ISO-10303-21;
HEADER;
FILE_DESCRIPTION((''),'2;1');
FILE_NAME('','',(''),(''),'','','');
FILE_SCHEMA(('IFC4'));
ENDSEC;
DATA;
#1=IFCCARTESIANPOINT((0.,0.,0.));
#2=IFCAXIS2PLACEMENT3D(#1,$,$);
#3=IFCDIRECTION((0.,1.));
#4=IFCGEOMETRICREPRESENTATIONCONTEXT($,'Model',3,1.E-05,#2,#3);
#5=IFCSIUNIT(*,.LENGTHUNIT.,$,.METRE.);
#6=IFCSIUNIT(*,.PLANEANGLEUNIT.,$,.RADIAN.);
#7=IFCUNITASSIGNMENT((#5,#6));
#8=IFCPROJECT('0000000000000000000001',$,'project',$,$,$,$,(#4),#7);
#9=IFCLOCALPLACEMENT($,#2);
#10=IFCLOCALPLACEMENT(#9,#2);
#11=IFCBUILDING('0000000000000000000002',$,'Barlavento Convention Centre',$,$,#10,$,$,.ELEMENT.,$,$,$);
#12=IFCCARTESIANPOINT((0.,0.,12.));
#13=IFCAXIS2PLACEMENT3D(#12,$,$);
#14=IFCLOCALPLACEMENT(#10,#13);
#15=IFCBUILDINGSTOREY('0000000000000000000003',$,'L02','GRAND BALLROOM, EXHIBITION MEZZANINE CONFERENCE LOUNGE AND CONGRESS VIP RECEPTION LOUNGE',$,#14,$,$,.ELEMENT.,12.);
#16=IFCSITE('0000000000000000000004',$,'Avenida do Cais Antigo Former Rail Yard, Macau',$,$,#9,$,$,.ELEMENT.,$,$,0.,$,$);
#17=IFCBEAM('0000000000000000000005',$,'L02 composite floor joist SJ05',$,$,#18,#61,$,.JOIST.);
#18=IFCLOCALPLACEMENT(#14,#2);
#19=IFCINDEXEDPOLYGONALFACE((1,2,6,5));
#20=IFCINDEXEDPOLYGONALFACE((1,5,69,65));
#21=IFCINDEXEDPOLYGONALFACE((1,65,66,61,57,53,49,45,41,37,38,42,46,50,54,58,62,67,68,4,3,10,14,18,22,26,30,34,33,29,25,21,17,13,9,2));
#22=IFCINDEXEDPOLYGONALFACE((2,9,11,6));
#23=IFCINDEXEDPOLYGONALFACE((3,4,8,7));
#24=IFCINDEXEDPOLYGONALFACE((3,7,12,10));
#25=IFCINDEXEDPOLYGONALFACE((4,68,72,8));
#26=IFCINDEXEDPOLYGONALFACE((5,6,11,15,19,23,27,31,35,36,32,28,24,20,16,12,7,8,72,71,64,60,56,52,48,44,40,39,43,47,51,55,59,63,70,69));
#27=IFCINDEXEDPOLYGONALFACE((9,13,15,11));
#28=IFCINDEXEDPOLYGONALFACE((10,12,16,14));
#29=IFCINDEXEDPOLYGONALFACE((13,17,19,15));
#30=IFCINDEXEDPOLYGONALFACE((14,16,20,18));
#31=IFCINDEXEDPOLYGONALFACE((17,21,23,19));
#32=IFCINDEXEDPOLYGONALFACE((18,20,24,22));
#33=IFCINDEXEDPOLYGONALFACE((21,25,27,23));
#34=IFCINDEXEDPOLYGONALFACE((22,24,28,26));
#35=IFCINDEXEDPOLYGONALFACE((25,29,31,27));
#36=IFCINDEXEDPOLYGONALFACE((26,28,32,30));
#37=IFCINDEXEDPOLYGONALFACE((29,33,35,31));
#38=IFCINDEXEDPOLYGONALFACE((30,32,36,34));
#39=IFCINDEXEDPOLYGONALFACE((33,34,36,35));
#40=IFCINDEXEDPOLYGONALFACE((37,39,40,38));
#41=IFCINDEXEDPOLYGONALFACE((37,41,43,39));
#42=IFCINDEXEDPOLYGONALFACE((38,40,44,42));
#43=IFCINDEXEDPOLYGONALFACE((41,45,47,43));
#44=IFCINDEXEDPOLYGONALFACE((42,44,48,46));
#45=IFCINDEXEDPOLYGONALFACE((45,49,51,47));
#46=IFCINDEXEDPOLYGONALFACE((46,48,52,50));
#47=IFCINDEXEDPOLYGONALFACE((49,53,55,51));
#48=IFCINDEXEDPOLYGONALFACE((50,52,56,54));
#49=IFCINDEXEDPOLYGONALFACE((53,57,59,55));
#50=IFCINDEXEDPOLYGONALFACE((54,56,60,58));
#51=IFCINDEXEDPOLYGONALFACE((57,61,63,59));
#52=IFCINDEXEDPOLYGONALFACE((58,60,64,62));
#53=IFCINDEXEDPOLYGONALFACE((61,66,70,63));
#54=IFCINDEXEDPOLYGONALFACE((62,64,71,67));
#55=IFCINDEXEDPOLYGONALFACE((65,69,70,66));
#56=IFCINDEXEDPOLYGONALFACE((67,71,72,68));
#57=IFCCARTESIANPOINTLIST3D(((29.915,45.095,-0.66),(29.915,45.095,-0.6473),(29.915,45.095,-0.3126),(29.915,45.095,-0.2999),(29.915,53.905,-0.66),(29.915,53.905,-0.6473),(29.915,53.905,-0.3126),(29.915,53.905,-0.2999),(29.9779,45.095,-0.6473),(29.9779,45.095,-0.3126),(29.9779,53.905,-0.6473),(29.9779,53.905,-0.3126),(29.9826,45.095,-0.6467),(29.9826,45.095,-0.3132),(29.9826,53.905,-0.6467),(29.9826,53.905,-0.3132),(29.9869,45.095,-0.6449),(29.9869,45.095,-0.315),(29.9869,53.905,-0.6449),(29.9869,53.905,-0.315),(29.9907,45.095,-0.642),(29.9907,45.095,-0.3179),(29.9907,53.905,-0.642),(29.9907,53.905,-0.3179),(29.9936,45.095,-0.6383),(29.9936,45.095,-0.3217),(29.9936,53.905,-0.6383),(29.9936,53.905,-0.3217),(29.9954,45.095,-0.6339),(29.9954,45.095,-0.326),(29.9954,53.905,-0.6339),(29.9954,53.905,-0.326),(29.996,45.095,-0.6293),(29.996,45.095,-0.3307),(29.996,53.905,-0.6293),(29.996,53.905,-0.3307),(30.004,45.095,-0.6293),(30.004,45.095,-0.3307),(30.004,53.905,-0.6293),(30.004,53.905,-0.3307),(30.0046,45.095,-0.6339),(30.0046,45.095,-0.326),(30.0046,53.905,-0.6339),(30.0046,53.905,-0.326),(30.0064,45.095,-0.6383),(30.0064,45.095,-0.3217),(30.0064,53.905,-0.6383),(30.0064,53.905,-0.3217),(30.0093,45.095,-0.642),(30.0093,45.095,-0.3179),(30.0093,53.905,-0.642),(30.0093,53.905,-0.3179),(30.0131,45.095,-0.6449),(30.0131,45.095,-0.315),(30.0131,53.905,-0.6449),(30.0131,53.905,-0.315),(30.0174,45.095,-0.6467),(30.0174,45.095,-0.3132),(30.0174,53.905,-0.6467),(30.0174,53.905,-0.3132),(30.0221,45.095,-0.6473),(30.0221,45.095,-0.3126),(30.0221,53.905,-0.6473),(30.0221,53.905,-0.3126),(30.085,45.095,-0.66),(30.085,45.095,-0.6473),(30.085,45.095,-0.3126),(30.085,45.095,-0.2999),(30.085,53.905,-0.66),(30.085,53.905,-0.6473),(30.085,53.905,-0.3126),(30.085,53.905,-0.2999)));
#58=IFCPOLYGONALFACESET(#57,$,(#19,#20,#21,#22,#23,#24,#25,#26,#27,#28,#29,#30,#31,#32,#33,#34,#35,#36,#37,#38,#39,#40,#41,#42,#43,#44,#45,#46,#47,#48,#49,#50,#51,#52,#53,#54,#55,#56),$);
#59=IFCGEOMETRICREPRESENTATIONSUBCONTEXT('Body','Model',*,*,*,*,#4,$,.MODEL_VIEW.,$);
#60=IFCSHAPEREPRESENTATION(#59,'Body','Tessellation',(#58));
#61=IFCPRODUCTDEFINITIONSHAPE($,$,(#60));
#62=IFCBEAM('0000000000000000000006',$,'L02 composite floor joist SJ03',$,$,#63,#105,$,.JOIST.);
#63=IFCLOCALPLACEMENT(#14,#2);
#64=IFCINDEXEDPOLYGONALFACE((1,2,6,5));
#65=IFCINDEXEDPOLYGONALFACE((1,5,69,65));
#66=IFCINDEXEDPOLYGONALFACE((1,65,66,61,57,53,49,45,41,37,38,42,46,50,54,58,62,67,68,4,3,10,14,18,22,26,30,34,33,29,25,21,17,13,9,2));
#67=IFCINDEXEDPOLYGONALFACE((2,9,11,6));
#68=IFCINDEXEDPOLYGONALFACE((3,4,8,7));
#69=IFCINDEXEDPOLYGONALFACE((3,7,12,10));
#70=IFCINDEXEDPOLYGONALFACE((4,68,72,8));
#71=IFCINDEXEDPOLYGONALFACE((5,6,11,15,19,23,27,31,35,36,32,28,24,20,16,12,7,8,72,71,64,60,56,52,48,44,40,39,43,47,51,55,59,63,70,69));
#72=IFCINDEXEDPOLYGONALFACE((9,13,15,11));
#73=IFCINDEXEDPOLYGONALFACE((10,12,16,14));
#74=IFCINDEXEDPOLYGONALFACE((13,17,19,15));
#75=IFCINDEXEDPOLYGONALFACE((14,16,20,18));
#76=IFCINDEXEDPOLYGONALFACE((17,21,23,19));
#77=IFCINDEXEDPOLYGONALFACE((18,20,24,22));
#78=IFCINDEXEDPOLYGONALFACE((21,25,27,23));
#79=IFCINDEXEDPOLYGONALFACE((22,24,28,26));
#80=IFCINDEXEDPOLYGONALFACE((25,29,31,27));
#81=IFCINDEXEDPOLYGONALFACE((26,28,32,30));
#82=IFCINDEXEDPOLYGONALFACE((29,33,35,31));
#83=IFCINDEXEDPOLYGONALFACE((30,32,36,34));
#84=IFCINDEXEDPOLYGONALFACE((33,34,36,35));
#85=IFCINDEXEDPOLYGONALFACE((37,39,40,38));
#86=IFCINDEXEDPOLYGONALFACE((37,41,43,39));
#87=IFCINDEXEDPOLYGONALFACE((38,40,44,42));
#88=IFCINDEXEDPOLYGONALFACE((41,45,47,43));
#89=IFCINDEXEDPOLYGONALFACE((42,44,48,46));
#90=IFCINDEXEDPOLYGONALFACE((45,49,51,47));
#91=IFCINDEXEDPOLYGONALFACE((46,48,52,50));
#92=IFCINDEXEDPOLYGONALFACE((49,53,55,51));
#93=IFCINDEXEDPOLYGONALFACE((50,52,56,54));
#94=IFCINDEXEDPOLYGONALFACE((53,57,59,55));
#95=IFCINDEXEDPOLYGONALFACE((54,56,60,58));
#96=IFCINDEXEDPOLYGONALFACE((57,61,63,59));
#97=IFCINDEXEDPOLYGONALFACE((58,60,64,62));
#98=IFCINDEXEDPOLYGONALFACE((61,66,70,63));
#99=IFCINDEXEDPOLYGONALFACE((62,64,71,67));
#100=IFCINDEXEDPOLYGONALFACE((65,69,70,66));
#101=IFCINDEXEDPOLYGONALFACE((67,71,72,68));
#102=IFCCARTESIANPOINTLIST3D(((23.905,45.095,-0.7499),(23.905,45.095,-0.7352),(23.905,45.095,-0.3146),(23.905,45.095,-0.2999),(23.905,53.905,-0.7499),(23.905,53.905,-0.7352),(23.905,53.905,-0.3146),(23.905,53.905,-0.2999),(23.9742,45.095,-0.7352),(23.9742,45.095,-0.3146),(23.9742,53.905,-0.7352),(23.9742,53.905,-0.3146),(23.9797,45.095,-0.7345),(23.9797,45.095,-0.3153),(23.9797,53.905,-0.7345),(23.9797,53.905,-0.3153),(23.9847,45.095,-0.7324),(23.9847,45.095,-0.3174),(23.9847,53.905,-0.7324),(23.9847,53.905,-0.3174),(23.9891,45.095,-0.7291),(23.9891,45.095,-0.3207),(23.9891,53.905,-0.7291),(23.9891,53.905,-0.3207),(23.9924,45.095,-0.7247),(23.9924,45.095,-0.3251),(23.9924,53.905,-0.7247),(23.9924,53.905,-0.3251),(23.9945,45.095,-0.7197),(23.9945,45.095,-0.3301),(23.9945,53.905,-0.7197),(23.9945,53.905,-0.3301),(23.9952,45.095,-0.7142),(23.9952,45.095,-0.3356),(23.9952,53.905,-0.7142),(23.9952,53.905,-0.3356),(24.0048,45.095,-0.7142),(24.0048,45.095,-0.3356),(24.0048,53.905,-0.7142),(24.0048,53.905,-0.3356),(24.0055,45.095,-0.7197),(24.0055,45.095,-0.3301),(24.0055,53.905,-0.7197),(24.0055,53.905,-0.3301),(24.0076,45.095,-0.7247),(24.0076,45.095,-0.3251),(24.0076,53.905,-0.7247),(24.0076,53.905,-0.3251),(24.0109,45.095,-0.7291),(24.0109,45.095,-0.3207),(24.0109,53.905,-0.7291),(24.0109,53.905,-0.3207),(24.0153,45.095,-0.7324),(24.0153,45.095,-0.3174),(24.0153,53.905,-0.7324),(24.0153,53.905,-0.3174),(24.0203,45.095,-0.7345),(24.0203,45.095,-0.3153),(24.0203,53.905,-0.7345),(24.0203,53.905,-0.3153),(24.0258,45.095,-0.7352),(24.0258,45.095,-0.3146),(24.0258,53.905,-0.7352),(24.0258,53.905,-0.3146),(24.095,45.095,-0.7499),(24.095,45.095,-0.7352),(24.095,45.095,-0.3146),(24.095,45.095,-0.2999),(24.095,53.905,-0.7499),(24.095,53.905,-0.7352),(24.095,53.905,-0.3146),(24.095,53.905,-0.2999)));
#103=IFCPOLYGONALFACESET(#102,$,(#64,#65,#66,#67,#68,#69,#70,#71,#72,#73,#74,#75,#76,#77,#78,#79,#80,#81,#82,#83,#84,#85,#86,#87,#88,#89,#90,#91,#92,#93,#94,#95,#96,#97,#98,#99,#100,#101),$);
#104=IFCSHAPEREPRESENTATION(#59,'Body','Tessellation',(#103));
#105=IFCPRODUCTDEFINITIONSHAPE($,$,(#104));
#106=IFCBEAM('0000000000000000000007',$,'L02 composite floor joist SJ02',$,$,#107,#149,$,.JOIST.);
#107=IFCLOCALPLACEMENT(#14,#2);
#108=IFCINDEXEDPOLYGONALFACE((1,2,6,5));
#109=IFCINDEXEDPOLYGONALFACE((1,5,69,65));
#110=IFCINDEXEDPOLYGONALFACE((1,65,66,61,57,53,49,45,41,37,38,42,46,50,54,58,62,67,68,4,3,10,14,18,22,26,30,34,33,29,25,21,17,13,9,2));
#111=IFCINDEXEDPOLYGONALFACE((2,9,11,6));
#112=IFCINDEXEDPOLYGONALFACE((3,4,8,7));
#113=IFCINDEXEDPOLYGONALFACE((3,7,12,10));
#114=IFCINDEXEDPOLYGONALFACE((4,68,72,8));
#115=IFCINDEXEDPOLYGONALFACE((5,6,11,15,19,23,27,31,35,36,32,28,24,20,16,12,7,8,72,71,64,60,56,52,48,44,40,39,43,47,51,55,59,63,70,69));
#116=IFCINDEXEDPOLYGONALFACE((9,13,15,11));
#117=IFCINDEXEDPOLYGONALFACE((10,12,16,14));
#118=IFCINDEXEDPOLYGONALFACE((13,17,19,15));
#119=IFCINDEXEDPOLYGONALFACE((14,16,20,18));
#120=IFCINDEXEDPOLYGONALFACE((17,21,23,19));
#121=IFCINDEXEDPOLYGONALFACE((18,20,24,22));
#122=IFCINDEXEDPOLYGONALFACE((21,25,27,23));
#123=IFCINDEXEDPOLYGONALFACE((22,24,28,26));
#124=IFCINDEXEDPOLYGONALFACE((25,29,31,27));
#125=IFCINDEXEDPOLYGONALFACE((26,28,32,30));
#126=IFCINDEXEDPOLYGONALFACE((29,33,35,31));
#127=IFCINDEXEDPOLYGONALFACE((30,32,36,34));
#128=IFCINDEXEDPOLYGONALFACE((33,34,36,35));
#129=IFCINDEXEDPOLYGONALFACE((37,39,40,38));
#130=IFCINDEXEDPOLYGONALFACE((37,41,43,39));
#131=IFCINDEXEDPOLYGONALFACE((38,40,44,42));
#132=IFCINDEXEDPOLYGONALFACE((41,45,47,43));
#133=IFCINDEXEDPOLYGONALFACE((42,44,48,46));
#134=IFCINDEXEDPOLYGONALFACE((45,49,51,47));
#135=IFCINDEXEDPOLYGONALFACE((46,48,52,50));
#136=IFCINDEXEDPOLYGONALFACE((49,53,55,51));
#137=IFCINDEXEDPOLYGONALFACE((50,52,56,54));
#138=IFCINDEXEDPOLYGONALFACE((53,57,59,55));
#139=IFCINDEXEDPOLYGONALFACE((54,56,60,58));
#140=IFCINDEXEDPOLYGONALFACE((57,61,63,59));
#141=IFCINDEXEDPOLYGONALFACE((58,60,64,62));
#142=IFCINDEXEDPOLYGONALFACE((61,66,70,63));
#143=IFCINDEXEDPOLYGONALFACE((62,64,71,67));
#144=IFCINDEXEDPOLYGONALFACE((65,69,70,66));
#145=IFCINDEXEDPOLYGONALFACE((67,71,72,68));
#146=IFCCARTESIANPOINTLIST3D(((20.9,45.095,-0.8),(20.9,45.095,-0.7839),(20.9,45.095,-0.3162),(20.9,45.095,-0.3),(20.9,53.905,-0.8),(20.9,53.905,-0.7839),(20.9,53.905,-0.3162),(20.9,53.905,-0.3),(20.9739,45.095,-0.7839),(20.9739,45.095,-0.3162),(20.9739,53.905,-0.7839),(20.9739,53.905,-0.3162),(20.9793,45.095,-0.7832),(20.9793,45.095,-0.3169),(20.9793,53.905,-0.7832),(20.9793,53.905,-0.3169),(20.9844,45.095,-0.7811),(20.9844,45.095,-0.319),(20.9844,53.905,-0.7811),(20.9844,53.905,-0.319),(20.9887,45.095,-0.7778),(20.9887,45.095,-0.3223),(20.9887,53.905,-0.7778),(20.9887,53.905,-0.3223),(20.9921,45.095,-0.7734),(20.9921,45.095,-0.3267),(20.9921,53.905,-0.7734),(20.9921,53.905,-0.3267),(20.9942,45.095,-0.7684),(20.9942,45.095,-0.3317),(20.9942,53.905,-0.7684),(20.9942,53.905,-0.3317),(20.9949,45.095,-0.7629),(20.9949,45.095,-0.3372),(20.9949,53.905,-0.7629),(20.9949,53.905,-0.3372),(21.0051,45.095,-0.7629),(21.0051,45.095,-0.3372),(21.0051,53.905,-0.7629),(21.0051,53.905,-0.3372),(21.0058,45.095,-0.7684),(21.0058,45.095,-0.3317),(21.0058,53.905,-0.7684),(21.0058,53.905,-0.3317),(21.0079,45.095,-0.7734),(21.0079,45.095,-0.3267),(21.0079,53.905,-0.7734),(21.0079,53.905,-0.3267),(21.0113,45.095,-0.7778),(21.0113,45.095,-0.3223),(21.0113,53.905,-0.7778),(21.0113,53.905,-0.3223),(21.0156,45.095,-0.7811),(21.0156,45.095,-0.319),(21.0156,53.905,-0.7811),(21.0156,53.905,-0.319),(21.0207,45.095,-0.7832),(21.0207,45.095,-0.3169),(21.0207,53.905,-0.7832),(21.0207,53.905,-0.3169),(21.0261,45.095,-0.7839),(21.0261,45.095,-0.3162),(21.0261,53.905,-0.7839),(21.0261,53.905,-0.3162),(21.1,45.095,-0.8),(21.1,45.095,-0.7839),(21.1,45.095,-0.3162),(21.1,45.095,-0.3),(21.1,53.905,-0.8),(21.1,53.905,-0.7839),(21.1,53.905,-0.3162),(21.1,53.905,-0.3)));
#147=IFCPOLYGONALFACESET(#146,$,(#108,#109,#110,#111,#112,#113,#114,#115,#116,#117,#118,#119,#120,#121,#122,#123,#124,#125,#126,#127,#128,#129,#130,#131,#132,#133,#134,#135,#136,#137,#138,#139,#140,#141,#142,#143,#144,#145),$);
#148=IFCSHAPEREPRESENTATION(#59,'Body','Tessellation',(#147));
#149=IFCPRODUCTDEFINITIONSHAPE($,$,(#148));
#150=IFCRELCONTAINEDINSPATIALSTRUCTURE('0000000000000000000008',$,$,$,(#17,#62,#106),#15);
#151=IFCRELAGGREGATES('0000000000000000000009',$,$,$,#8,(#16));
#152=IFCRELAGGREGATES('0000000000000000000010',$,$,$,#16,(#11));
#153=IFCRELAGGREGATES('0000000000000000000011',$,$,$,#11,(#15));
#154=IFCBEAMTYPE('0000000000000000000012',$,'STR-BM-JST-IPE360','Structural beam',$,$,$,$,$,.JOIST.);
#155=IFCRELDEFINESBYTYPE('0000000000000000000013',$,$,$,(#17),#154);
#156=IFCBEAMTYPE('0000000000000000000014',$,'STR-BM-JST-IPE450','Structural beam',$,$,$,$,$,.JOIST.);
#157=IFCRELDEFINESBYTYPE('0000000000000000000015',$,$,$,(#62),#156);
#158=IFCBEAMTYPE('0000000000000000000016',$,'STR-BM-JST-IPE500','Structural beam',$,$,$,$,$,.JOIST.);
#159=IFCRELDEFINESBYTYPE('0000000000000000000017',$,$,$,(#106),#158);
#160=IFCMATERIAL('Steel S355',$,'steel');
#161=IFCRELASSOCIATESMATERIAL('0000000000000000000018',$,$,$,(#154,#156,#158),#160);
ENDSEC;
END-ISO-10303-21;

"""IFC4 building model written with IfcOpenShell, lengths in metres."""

from ifc_helpers import new_model, si_unit, direction, frame, origin, origin_2d, place, context, subcontext, project, spatial, i_section, extrude, material, material_profile, profile_set, type_object, element, save


model = new_model("IFC4")

# Units and contexts
model_context = context("Model", 3, precision=1e-05, world=origin(), true_north=direction((0.0, 1.0)))
body_context = subcontext(model_context, "Body", "Model", "MODEL_VIEW")
ifc_project = project(units=[si_unit("LENGTHUNIT", "METRE"), si_unit("PLANEANGLEUNIT", "RADIAN")], contexts=[model_context])

# Site, building, storey
site_placement = place(None, origin())
site = spatial("IfcSite", under=ifc_project, at=site_placement, Name="Avenida do Cais Antigo Former Rail Yard, Macau", CompositionType="ELEMENT", RefElevation=0.0)
building_placement = place(site_placement, origin())
building = spatial("IfcBuilding", under=site, at=building_placement, Name="Barlavento Convention Centre", CompositionType="ELEMENT")
storey_placement = place(building_placement, frame((0.0, 0.0, 12.0)))
storey = spatial("IfcBuildingStorey", under=building, at=storey_placement, Name="L02", Description="GRAND BALLROOM, EXHIBITION MEZZANINE CONFERENCE LOUNGE AND CONGRESS VIP RECEPTION LOUNGE", CompositionType="ELEMENT", Elevation=12.0)

# Shared definitions
ifc_material_1 = material(Name="Steel S355", Category="steel")

# Beams
ifc_material_profile_1 = material_profile(ifc_material_1, i_section(OverallWidth=0.1699, OverallDepth=0.3601, WebThickness=0.0081, FlangeThickness=0.0127, FilletRadius=0.0181, at=origin_2d()), Name="IPE 360")
ifc_profile_set_1 = profile_set([ifc_material_profile_1], Name="Steel S355")
beam_type_1 = type_object("IfcBeamType", Name="STR-BM-JST-IPE360", Description="Structural beam", PredefinedType="JOIST", material=ifc_profile_set_1)
beam_1_placement = place(storey_placement, frame((30.0, 45.095, -0.48), z_axis=(0.0, 1.0, 0.0), x_axis=(-1.0, 0.0, 0.0)))
element("IfcBeam", 1, at=beam_1_placement, inside=storey, type_object=beam_type_1, Name="L02 composite floor joist SJ05", PredefinedType="JOIST", context=body_context, shape_type="SweptSolid", body=[
    extrude(i_section(OverallWidth=0.1699, OverallDepth=0.3601, WebThickness=0.0081, FlangeThickness=0.0127, FilletRadius=0.0181, at=origin_2d()), origin(), (0.0, 0.0, 1.0), 8.8101),
])
ifc_material_profile_2 = material_profile(ifc_material_1, i_section(OverallWidth=0.1899, OverallDepth=0.45, WebThickness=0.0095, FlangeThickness=0.0146, FilletRadius=0.021, at=origin_2d()), Name="IPE 450")
ifc_profile_set_2 = profile_set([ifc_material_profile_2], Name="Steel S355")
beam_type_2 = type_object("IfcBeamType", Name="STR-BM-JST-IPE450", Description="Structural beam", PredefinedType="JOIST", material=ifc_profile_set_2)
beam_2_placement = place(storey_placement, frame((24.0, 45.095, -0.5249), z_axis=(0.0, 1.0, 0.0), x_axis=(-1.0, 0.0, 0.0)))
element("IfcBeam", 2, at=beam_2_placement, inside=storey, type_object=beam_type_2, Name="L02 composite floor joist SJ03", PredefinedType="JOIST", context=body_context, shape_type="SweptSolid", body=[
    extrude(i_section(OverallWidth=0.1899, OverallDepth=0.45, WebThickness=0.0095, FlangeThickness=0.0146, FilletRadius=0.021, at=origin_2d()), origin(), (0.0, 0.0, 1.0), 8.8101),
])
ifc_material_profile_3 = material_profile(ifc_material_1, i_section(OverallWidth=0.2, OverallDepth=0.5, WebThickness=0.0103, FlangeThickness=0.0161, FilletRadius=0.021, at=origin_2d()), Name="IPE 500")
ifc_profile_set_3 = profile_set([ifc_material_profile_3], Name="Steel S355")
beam_type_3 = type_object("IfcBeamType", Name="STR-BM-JST-IPE500", Description="Structural beam", PredefinedType="JOIST", material=ifc_profile_set_3)
beam_3_placement = place(storey_placement, frame((21.0, 45.095, -0.55), z_axis=(0.0, 1.0, 0.0), x_axis=(-1.0, 0.0, 0.0)))
element("IfcBeam", 3, at=beam_3_placement, inside=storey, type_object=beam_type_3, Name="L02 composite floor joist SJ02", PredefinedType="JOIST", context=body_context, shape_type="SweptSolid", body=[
    extrude(i_section(OverallWidth=0.2, OverallDepth=0.5, WebThickness=0.0103, FlangeThickness=0.0161, FilletRadius=0.021, at=origin_2d()), origin(), (0.0, 0.0, 1.0), 8.8101),
])

save(model, "model.ifc")
